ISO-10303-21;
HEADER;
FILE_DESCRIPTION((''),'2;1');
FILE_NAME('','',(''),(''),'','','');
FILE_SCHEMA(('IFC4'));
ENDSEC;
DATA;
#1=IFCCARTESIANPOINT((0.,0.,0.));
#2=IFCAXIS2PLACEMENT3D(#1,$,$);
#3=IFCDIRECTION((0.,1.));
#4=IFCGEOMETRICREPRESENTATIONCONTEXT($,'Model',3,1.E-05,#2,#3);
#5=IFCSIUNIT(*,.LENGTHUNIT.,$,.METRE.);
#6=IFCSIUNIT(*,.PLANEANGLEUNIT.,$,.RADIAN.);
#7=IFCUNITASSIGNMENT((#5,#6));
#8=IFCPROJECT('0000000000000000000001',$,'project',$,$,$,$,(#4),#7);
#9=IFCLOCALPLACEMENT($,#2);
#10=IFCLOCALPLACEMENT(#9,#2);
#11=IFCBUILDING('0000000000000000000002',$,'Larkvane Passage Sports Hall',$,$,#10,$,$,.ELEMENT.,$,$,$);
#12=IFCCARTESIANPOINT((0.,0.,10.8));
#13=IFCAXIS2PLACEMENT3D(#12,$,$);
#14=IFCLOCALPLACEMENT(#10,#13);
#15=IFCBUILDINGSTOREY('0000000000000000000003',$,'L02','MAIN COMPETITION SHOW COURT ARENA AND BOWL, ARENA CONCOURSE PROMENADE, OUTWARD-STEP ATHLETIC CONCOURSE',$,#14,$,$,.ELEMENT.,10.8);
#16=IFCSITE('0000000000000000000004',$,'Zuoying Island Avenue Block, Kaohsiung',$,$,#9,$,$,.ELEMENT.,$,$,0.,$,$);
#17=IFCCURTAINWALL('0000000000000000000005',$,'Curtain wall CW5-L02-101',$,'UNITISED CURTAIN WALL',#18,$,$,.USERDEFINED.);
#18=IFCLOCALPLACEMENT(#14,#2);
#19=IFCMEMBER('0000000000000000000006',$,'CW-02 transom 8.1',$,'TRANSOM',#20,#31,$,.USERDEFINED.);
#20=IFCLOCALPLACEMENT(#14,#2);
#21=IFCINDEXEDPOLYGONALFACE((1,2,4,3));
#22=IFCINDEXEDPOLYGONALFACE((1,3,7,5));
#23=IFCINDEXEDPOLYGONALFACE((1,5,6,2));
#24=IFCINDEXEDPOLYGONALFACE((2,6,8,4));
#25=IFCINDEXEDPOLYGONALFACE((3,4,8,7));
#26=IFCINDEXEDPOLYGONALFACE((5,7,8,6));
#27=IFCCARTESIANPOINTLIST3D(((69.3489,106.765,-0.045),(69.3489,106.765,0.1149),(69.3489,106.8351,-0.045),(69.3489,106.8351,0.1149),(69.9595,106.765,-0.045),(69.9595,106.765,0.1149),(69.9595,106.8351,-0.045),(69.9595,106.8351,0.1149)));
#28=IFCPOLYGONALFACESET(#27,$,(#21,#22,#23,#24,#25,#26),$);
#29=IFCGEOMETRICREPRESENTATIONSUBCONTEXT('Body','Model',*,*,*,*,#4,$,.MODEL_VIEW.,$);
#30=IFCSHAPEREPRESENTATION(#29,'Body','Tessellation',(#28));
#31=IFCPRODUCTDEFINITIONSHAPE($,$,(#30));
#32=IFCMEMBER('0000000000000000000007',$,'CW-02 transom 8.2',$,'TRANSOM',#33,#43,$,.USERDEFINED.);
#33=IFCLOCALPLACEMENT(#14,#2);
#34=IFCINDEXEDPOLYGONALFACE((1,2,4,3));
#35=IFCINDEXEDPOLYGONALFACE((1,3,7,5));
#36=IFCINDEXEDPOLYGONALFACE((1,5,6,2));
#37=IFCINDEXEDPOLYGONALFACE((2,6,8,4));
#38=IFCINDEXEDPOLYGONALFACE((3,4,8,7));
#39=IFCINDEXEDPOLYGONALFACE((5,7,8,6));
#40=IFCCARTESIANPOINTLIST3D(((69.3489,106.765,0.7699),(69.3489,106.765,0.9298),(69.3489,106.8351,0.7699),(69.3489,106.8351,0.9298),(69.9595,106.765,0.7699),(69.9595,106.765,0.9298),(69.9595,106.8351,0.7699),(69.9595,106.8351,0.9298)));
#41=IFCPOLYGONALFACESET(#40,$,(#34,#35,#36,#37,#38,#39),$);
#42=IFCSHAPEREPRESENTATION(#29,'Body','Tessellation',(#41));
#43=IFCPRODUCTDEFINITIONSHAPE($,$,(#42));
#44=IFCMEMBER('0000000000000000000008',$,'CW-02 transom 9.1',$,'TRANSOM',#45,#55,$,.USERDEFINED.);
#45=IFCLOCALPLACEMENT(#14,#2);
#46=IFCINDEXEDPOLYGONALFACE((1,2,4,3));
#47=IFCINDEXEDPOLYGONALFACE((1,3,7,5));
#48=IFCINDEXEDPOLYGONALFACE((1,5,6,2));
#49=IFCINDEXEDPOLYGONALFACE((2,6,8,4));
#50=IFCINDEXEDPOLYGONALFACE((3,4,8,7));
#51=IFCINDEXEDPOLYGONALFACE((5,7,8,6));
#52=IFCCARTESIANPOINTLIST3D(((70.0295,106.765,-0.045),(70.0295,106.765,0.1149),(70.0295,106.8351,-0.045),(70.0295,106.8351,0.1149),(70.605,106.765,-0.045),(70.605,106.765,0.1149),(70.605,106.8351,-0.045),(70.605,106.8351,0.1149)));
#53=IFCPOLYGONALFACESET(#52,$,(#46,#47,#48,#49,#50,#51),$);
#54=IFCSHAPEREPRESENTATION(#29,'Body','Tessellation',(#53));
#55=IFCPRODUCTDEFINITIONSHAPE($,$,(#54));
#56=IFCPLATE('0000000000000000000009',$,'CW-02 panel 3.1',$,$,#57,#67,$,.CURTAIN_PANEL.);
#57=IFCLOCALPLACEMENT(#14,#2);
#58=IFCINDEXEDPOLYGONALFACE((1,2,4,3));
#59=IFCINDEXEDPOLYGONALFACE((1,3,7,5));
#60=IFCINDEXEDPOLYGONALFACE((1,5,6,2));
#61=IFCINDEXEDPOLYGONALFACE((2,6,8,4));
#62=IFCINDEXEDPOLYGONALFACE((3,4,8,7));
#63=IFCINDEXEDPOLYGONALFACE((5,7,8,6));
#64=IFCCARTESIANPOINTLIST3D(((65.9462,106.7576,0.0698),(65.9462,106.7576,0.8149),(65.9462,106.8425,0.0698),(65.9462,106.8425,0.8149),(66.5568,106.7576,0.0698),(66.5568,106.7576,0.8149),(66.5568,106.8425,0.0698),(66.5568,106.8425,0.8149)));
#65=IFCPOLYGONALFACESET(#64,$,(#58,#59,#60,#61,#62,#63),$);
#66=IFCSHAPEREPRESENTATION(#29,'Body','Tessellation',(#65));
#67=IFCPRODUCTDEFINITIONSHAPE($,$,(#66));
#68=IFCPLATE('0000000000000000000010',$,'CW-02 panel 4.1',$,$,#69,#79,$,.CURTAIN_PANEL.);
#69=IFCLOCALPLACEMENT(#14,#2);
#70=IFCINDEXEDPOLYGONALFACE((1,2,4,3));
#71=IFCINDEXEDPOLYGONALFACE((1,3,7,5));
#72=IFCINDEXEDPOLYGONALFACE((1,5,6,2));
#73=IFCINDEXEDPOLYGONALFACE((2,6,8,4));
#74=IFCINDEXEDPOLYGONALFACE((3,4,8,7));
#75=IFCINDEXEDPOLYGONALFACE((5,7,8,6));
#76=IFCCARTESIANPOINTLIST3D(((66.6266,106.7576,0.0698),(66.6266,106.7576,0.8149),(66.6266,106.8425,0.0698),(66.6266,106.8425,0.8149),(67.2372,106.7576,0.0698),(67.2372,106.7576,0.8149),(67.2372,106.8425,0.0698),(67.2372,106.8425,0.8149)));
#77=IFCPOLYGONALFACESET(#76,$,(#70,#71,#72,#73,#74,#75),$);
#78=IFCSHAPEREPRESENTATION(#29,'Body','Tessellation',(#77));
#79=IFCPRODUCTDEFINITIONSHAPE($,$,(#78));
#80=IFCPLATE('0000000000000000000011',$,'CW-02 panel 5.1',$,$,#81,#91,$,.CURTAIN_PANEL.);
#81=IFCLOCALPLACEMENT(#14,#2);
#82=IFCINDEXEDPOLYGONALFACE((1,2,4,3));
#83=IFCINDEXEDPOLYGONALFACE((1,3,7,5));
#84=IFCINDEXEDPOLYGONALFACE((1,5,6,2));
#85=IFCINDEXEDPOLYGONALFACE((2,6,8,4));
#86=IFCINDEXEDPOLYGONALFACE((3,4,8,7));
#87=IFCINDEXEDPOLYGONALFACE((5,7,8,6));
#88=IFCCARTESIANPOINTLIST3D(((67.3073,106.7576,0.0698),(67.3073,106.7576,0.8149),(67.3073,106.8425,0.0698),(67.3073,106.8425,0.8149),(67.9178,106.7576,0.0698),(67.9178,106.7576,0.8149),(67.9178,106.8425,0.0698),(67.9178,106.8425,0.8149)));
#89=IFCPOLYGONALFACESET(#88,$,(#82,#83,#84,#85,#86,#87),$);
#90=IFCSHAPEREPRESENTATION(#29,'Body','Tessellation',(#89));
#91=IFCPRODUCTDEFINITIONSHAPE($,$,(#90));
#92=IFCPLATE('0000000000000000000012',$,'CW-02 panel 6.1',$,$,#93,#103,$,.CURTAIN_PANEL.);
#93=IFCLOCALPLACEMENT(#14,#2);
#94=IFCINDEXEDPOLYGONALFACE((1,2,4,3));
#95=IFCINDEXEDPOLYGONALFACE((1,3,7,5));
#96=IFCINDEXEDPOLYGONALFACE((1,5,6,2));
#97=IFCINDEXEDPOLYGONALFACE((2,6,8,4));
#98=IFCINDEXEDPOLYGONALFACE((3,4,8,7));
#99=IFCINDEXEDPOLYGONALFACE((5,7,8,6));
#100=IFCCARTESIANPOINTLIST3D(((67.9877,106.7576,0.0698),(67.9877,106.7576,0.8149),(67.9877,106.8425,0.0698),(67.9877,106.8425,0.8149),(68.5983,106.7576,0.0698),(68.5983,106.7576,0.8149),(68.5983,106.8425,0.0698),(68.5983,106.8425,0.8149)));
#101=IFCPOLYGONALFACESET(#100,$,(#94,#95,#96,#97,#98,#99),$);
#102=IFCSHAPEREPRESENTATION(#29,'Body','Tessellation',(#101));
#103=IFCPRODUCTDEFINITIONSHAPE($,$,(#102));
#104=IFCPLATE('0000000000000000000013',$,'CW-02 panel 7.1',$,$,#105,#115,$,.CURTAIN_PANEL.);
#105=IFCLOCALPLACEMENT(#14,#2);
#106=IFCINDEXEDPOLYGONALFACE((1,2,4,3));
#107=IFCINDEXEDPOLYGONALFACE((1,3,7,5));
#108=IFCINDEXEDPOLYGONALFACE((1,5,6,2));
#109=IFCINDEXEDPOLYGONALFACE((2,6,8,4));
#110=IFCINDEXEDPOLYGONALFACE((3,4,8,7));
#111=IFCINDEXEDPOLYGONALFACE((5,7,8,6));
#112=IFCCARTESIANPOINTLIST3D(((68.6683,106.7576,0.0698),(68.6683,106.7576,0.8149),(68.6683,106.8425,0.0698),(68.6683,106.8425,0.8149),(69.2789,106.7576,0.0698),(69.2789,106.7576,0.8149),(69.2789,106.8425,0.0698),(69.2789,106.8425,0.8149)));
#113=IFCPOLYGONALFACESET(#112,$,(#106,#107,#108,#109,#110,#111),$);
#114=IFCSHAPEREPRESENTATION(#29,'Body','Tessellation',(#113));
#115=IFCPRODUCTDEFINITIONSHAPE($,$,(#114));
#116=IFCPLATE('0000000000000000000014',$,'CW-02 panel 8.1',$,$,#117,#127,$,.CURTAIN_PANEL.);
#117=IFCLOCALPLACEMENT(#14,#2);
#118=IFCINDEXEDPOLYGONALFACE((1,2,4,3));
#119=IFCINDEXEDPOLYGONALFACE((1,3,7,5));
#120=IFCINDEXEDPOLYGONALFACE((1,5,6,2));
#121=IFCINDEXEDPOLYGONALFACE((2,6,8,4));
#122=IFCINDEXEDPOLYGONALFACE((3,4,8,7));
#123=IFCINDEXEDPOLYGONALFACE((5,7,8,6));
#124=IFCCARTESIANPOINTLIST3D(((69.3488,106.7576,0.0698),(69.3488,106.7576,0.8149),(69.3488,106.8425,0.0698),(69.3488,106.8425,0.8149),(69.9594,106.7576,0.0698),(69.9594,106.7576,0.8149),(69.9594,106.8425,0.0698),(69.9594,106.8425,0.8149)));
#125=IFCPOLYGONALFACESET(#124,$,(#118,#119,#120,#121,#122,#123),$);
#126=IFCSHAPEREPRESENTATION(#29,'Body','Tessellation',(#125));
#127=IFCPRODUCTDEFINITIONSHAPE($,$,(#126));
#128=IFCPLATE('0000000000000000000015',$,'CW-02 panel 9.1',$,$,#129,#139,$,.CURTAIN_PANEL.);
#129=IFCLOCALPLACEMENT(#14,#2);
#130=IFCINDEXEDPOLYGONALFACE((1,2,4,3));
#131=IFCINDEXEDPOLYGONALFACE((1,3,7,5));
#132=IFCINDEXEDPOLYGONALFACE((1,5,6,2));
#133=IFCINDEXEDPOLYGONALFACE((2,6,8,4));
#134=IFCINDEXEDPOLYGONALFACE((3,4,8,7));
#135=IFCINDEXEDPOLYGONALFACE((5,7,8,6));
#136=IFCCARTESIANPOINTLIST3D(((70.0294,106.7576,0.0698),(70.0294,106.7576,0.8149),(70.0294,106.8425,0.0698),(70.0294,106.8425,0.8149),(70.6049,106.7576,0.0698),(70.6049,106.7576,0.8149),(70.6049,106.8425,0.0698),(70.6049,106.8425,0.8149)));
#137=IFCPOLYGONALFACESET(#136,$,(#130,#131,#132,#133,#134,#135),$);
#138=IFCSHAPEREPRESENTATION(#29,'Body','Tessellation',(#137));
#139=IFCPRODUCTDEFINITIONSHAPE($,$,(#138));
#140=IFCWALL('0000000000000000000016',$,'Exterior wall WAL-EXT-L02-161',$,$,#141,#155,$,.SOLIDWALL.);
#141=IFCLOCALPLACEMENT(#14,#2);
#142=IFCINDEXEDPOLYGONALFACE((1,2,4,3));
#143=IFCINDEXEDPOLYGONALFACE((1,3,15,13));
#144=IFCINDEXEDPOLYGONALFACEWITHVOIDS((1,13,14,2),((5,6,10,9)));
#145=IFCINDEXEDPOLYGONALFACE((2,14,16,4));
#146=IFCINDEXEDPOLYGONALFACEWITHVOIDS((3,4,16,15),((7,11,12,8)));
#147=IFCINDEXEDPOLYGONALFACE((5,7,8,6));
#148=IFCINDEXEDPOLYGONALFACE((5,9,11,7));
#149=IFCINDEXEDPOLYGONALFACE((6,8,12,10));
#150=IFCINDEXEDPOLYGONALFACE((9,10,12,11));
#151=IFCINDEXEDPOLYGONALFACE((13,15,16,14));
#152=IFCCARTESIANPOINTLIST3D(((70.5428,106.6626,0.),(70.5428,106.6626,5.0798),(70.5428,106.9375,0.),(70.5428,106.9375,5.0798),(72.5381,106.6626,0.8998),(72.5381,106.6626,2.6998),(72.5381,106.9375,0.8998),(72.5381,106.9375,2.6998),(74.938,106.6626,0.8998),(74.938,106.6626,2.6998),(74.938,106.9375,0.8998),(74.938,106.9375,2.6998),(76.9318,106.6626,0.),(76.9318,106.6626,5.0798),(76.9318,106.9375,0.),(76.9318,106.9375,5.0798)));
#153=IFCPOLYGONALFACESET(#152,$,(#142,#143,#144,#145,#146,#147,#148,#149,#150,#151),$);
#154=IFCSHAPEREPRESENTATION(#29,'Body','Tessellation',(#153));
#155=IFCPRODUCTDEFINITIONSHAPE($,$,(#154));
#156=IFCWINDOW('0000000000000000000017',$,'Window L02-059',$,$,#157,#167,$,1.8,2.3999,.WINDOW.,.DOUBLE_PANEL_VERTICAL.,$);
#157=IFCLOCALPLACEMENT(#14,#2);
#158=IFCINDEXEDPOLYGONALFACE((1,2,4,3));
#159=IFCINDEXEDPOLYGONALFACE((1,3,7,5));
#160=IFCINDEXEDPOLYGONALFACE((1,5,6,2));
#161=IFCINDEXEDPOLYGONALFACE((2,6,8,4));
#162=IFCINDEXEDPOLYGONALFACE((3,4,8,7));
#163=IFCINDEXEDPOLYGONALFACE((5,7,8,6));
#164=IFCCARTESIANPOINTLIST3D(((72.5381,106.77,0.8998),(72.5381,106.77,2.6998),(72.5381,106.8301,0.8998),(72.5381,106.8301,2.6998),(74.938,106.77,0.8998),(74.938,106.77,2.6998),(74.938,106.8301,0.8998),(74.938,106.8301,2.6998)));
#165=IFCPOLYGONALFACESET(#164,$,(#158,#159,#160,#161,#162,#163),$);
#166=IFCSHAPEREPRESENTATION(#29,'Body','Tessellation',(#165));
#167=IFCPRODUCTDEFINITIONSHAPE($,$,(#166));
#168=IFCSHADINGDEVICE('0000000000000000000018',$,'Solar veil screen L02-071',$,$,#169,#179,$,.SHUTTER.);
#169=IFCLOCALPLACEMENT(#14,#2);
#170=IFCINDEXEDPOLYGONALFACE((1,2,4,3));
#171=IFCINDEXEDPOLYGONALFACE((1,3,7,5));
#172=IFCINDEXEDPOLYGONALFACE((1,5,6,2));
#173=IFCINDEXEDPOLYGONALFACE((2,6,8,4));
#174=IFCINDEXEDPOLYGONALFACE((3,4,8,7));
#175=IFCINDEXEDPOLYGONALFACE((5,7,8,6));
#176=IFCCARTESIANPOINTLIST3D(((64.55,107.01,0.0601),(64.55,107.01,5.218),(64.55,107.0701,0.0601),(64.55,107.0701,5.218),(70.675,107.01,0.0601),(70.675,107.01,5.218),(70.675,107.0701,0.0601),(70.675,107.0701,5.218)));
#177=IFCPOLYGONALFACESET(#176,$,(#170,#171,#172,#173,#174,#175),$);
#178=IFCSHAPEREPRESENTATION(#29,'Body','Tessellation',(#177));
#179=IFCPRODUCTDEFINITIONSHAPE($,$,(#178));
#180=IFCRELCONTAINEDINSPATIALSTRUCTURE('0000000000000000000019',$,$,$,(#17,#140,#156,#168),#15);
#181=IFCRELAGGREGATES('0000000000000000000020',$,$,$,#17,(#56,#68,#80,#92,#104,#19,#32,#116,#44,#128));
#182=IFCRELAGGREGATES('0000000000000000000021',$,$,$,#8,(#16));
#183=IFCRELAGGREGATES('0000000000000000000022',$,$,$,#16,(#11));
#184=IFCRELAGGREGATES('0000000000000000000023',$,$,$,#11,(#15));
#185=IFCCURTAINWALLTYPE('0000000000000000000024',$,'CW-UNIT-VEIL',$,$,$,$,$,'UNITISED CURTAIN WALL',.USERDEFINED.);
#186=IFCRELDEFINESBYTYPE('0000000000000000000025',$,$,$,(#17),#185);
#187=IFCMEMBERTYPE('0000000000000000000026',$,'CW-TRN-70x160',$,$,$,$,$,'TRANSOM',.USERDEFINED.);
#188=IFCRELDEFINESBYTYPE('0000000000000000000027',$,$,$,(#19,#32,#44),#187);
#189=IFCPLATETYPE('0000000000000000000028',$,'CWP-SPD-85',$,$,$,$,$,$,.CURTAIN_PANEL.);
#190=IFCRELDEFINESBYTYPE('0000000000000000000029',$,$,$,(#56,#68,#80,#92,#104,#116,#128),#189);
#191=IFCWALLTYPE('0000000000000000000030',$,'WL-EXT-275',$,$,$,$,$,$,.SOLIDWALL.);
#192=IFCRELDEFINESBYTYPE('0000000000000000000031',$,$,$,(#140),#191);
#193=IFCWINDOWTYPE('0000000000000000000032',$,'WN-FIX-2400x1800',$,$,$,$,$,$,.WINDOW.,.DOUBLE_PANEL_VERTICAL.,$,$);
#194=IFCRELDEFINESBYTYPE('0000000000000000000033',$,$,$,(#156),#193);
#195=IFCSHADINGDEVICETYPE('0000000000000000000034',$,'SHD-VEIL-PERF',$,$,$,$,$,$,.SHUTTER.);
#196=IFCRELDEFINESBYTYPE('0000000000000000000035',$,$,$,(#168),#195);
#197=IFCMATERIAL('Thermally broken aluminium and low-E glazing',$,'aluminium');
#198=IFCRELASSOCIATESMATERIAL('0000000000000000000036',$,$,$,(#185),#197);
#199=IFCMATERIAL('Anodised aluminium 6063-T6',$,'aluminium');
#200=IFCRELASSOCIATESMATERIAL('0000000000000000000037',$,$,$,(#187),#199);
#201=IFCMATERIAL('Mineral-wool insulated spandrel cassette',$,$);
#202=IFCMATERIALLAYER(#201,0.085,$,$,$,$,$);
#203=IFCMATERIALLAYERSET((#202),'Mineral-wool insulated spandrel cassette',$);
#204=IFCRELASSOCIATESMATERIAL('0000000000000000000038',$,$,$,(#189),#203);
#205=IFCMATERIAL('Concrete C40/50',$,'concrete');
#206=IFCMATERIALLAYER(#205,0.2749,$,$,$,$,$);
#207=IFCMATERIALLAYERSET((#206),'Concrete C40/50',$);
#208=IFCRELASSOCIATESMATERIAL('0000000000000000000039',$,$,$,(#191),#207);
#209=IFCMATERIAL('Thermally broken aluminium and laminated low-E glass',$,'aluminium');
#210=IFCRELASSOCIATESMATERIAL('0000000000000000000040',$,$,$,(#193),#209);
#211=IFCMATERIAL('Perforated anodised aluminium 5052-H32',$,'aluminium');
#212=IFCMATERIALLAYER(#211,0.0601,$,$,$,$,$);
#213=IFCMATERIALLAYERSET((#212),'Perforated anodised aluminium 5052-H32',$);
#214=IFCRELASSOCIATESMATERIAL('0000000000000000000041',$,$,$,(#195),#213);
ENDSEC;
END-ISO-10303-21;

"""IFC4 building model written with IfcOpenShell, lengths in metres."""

from ifc_helpers import new_model, si_unit, direction, frame, frame_2d, origin, origin_2d, place, context, subcontext, project, spatial, rectangle, extrude, material, layer, layer_set, material_profile, profile_set, type_object, element, fill, aggregate, save


model = new_model("IFC4")

# Units and contexts
model_context = context("Model", 3, precision=1e-05, world=origin(), true_north=direction((0.0, 1.0)))
body_context = subcontext(model_context, "Body", "Model", "MODEL_VIEW")
ifc_project = project(units=[si_unit("LENGTHUNIT", "METRE"), si_unit("PLANEANGLEUNIT", "RADIAN")], contexts=[model_context])

# Site, building, storey
site_placement = place(None, origin())
site = spatial("IfcSite", under=ifc_project, at=site_placement, Name="Zuoying Island Avenue Block, Kaohsiung", CompositionType="ELEMENT", RefElevation=0.0)
building_placement = place(site_placement, origin())
building = spatial("IfcBuilding", under=site, at=building_placement, Name="Larkvane Passage Sports Hall", CompositionType="ELEMENT")
storey_placement = place(building_placement, frame((0.0, 0.0, 10.8)))
storey = spatial("IfcBuildingStorey", under=building, at=storey_placement, Name="L02", Description="MAIN COMPETITION SHOW COURT ARENA AND BOWL, ARENA CONCOURSE PROMENADE, OUTWARD-STEP ATHLETIC CONCOURSE", CompositionType="ELEMENT", Elevation=10.8)

# Curtain wall, members, plates
ifc_material_1 = material(Name="Thermally broken aluminium and low-E glazing", Category="aluminium")
curtain_wall_type = type_object("IfcCurtainWallType", Name="CW-UNIT-VEIL", ElementType="UNITISED CURTAIN WALL", PredefinedType="USERDEFINED", material=ifc_material_1)
curtain_wall_placement = place(storey_placement, origin())
curtain_wall = element("IfcCurtainWall", 1, at=curtain_wall_placement, inside=storey, type_object=curtain_wall_type, Name="Curtain wall CW5-L02-101", ObjectType="UNITISED CURTAIN WALL", PredefinedType="USERDEFINED")
ifc_material_2 = material(Name="Anodised aluminium 6063-T6", Category="aluminium")
ifc_material_profile_1 = material_profile(ifc_material_2, rectangle(XDim=0.0701, YDim=0.1599, at=origin_2d()), Name="ALU-TRN-70x160")
ifc_profile_set_1 = profile_set([ifc_material_profile_1], Name="Anodised aluminium 6063-T6")
member_type_1 = type_object("IfcMemberType", Name="CW-TRN-70x160", ElementType="TRANSOM", PredefinedType="USERDEFINED", material=ifc_profile_set_1)
member_1_placement = place(storey_placement, frame((69.3489, 106.8, 0.0349), z_axis=(1.0, 0.0, 0.0), x_axis=(0.0, 1.0, 0.0)))
member_1 = element("IfcMember", 2, at=member_1_placement, type_object=member_type_1, Name="CW-02 transom 8.1", ObjectType="TRANSOM", PredefinedType="USERDEFINED", context=body_context, shape_type="SweptSolid", body=[
    extrude(rectangle(XDim=0.0701, YDim=0.1599, at=origin_2d()), origin(), (0.0, 0.0, 1.0), 0.6106),
])
member_2_placement = place(storey_placement, frame((69.3489, 106.8, 0.8499), z_axis=(1.0, 0.0, 0.0), x_axis=(0.0, 1.0, 0.0)))
member_2 = element("IfcMember", 3, at=member_2_placement, type_object=member_type_1, Name="CW-02 transom 8.2", ObjectType="TRANSOM", PredefinedType="USERDEFINED", context=body_context, shape_type="SweptSolid", body=[
    extrude(rectangle(XDim=0.0701, YDim=0.1599, at=origin_2d()), origin(), (0.0, 0.0, 1.0), 0.6106),
])
member_3_placement = place(storey_placement, frame((70.0295, 106.8, 0.0349), z_axis=(1.0, 0.0, 0.0), x_axis=(0.0, 1.0, 0.0)))
member_3 = element("IfcMember", 4, at=member_3_placement, type_object=member_type_1, Name="CW-02 transom 9.1", ObjectType="TRANSOM", PredefinedType="USERDEFINED", context=body_context, shape_type="SweptSolid", body=[
    extrude(rectangle(XDim=0.0701, YDim=0.1599, at=origin_2d()), origin(), (0.0, 0.0, 1.0), 0.5754),
])
ifc_material_3 = material(Name="Mineral-wool insulated spandrel cassette")
ifc_layer_1 = layer(ifc_material_3, 0.085)
ifc_layer_set_1 = layer_set([ifc_layer_1], Name="Mineral-wool insulated spandrel cassette")
plate_type = type_object("IfcPlateType", Name="CWP-SPD-85", PredefinedType="CURTAIN_PANEL", material=ifc_layer_set_1)
plate_1_placement = place(storey_placement, frame((66.2515, 106.8, 0.0698), z_axis=(0.0, 0.0, 1.0), x_axis=(1.0, 0.0, 0.0)))
plate_1 = element("IfcPlate", 5, at=plate_1_placement, type_object=plate_type, Name="CW-02 panel 3.1", PredefinedType="CURTAIN_PANEL", context=body_context, shape_type="SweptSolid", body=[
    extrude(rectangle(XDim=0.6106, YDim=0.085, at=origin_2d()), origin(), (0.0, 0.0, 1.0), 0.7451),
])
plate_2_placement = place(storey_placement, frame((66.9319, 106.8, 0.0698), z_axis=(0.0, 0.0, 1.0), x_axis=(1.0, 0.0, 0.0)))
plate_2 = element("IfcPlate", 6, at=plate_2_placement, type_object=plate_type, Name="CW-02 panel 4.1", PredefinedType="CURTAIN_PANEL", context=body_context, shape_type="SweptSolid", body=[
    extrude(rectangle(XDim=0.6106, YDim=0.085, at=origin_2d()), origin(), (0.0, 0.0, 1.0), 0.7451),
])
plate_3_placement = place(storey_placement, frame((67.6125, 106.8, 0.0698), z_axis=(0.0, 0.0, 1.0), x_axis=(1.0, 0.0, 0.0)))
plate_3 = element("IfcPlate", 7, at=plate_3_placement, type_object=plate_type, Name="CW-02 panel 5.1", PredefinedType="CURTAIN_PANEL", context=body_context, shape_type="SweptSolid", body=[
    extrude(rectangle(XDim=0.6106, YDim=0.085, at=origin_2d()), origin(), (0.0, 0.0, 1.0), 0.7451),
])
plate_4_placement = place(storey_placement, frame((68.293, 106.8, 0.0698), z_axis=(0.0, 0.0, 1.0), x_axis=(1.0, 0.0, 0.0)))
plate_4 = element("IfcPlate", 8, at=plate_4_placement, type_object=plate_type, Name="CW-02 panel 6.1", PredefinedType="CURTAIN_PANEL", context=body_context, shape_type="SweptSolid", body=[
    extrude(rectangle(XDim=0.6106, YDim=0.085, at=origin_2d()), origin(), (0.0, 0.0, 1.0), 0.7451),
])
plate_5_placement = place(storey_placement, frame((68.9736, 106.8, 0.0698), z_axis=(0.0, 0.0, 1.0), x_axis=(1.0, 0.0, 0.0)))
plate_5 = element("IfcPlate", 9, at=plate_5_placement, type_object=plate_type, Name="CW-02 panel 7.1", PredefinedType="CURTAIN_PANEL", context=body_context, shape_type="SweptSolid", body=[
    extrude(rectangle(XDim=0.6106, YDim=0.085, at=origin_2d()), origin(), (0.0, 0.0, 1.0), 0.7451),
])
plate_6_placement = place(storey_placement, frame((69.6541, 106.8, 0.0698), z_axis=(0.0, 0.0, 1.0), x_axis=(1.0, 0.0, 0.0)))
plate_6 = element("IfcPlate", 10, at=plate_6_placement, type_object=plate_type, Name="CW-02 panel 8.1", PredefinedType="CURTAIN_PANEL", context=body_context, shape_type="SweptSolid", body=[
    extrude(rectangle(XDim=0.6106, YDim=0.085, at=origin_2d()), origin(), (0.0, 0.0, 1.0), 0.7451),
])
plate_7_placement = place(storey_placement, frame((70.3171, 106.8, 0.0698), z_axis=(0.0, 0.0, 1.0), x_axis=(1.0, 0.0, 0.0)))
plate_7 = element("IfcPlate", 11, at=plate_7_placement, type_object=plate_type, Name="CW-02 panel 9.1", PredefinedType="CURTAIN_PANEL", context=body_context, shape_type="SweptSolid", body=[
    extrude(rectangle(XDim=0.5754, YDim=0.085, at=origin_2d()), origin(), (0.0, 0.0, 1.0), 0.7451),
])
aggregate(curtain_wall, [plate_1, plate_2, plate_3, plate_4, plate_5, member_1, member_2, plate_6, member_3, plate_7])

# Wall, opening, window
ifc_material_4 = material(Name="Concrete C40/50", Category="concrete")
ifc_layer_2 = layer(ifc_material_4, 0.2749)
ifc_layer_set_2 = layer_set([ifc_layer_2], Name="Concrete C40/50")
wall_type = type_object("IfcWallType", Name="WL-EXT-275", PredefinedType="SOLIDWALL", material=ifc_layer_set_2)
wall_placement = place(storey_placement, frame((70.543, 106.8, 0.0), z_axis=(0.0, 0.0, 1.0), x_axis=(1.0, 0.0, 0.0)))
wall = element("IfcWall", 12, at=wall_placement, inside=storey, type_object=wall_type, Name="Exterior wall WAL-EXT-L02-161", PredefinedType="SOLIDWALL", context=body_context, shape_type="SweptSolid", body=[
    extrude(rectangle(XDim=6.3889, YDim=0.2749, at=frame_2d((3.1943, 0.0))), origin(), (0.0, 0.0, 1.0), 5.0798),
])
opening_placement = place(wall_placement, frame((1.9951, 0.0, 0.8999)))
opening = element("IfcOpeningElement", 13, at=opening_placement, cuts=wall, PredefinedType="OPENING", context=body_context, shape_type="SweptSolid", body=[
    extrude(rectangle(XDim=2.3999, YDim=1.8, at=frame_2d((1.2, 0.8999))), frame((0.0, 0.1475, 0.0), z_axis=(0.0, -1.0, 0.0), x_axis=(1.0, 0.0, 0.0)), (0.0, 0.0, 1.0), 0.2949),
])
ifc_material_5 = material(Name="Thermally broken aluminium and laminated low-E glass", Category="aluminium")
window_type = type_object("IfcWindowType", Name="WN-FIX-2400x1800", PartitioningType="DOUBLE_PANEL_VERTICAL", PredefinedType="WINDOW", material=ifc_material_5)
window_placement = place(opening_placement, origin())
window = element("IfcWindow", 14, at=window_placement, inside=storey, type_object=window_type, Name="Window L02-059", OverallHeight=1.8, OverallWidth=2.3999, PartitioningType="DOUBLE_PANEL_VERTICAL", PredefinedType="WINDOW", context=body_context, shape_type="SweptSolid", body=[
    extrude(rectangle(XDim=2.3999, YDim=1.8, at=frame_2d((1.2, 0.8999))), frame((0.0, 0.03, 0.0), z_axis=(0.0, -1.0, 0.0), x_axis=(1.0, 0.0, 0.0)), (0.0, 0.0, 1.0), 0.0601),
])
fill(opening, window)

# Shading device
ifc_material_6 = material(Name="Perforated anodised aluminium 5052-H32", Category="aluminium")
ifc_layer_3 = layer(ifc_material_6, 0.0601)
ifc_layer_set_3 = layer_set([ifc_layer_3], Name="Perforated anodised aluminium 5052-H32")
shading_device_type = type_object("IfcShadingDeviceType", Name="SHD-VEIL-PERF", PredefinedType="SHUTTER", material=ifc_layer_set_3)
shading_device_placement = place(storey_placement, frame((67.6125, 107.04, 0.0601), z_axis=(0.0, 0.0, 1.0), x_axis=(1.0, 0.0, 0.0)))
element("IfcShadingDevice", 15, at=shading_device_placement, inside=storey, type_object=shading_device_type, Name="Solar veil screen L02-071", PredefinedType="SHUTTER", context=body_context, shape_type="SweptSolid", body=[
    extrude(rectangle(XDim=6.125, YDim=0.0601, at=origin_2d()), origin(), (0.0, 0.0, 1.0), 5.158),
])

save(model, "model.ifc")
